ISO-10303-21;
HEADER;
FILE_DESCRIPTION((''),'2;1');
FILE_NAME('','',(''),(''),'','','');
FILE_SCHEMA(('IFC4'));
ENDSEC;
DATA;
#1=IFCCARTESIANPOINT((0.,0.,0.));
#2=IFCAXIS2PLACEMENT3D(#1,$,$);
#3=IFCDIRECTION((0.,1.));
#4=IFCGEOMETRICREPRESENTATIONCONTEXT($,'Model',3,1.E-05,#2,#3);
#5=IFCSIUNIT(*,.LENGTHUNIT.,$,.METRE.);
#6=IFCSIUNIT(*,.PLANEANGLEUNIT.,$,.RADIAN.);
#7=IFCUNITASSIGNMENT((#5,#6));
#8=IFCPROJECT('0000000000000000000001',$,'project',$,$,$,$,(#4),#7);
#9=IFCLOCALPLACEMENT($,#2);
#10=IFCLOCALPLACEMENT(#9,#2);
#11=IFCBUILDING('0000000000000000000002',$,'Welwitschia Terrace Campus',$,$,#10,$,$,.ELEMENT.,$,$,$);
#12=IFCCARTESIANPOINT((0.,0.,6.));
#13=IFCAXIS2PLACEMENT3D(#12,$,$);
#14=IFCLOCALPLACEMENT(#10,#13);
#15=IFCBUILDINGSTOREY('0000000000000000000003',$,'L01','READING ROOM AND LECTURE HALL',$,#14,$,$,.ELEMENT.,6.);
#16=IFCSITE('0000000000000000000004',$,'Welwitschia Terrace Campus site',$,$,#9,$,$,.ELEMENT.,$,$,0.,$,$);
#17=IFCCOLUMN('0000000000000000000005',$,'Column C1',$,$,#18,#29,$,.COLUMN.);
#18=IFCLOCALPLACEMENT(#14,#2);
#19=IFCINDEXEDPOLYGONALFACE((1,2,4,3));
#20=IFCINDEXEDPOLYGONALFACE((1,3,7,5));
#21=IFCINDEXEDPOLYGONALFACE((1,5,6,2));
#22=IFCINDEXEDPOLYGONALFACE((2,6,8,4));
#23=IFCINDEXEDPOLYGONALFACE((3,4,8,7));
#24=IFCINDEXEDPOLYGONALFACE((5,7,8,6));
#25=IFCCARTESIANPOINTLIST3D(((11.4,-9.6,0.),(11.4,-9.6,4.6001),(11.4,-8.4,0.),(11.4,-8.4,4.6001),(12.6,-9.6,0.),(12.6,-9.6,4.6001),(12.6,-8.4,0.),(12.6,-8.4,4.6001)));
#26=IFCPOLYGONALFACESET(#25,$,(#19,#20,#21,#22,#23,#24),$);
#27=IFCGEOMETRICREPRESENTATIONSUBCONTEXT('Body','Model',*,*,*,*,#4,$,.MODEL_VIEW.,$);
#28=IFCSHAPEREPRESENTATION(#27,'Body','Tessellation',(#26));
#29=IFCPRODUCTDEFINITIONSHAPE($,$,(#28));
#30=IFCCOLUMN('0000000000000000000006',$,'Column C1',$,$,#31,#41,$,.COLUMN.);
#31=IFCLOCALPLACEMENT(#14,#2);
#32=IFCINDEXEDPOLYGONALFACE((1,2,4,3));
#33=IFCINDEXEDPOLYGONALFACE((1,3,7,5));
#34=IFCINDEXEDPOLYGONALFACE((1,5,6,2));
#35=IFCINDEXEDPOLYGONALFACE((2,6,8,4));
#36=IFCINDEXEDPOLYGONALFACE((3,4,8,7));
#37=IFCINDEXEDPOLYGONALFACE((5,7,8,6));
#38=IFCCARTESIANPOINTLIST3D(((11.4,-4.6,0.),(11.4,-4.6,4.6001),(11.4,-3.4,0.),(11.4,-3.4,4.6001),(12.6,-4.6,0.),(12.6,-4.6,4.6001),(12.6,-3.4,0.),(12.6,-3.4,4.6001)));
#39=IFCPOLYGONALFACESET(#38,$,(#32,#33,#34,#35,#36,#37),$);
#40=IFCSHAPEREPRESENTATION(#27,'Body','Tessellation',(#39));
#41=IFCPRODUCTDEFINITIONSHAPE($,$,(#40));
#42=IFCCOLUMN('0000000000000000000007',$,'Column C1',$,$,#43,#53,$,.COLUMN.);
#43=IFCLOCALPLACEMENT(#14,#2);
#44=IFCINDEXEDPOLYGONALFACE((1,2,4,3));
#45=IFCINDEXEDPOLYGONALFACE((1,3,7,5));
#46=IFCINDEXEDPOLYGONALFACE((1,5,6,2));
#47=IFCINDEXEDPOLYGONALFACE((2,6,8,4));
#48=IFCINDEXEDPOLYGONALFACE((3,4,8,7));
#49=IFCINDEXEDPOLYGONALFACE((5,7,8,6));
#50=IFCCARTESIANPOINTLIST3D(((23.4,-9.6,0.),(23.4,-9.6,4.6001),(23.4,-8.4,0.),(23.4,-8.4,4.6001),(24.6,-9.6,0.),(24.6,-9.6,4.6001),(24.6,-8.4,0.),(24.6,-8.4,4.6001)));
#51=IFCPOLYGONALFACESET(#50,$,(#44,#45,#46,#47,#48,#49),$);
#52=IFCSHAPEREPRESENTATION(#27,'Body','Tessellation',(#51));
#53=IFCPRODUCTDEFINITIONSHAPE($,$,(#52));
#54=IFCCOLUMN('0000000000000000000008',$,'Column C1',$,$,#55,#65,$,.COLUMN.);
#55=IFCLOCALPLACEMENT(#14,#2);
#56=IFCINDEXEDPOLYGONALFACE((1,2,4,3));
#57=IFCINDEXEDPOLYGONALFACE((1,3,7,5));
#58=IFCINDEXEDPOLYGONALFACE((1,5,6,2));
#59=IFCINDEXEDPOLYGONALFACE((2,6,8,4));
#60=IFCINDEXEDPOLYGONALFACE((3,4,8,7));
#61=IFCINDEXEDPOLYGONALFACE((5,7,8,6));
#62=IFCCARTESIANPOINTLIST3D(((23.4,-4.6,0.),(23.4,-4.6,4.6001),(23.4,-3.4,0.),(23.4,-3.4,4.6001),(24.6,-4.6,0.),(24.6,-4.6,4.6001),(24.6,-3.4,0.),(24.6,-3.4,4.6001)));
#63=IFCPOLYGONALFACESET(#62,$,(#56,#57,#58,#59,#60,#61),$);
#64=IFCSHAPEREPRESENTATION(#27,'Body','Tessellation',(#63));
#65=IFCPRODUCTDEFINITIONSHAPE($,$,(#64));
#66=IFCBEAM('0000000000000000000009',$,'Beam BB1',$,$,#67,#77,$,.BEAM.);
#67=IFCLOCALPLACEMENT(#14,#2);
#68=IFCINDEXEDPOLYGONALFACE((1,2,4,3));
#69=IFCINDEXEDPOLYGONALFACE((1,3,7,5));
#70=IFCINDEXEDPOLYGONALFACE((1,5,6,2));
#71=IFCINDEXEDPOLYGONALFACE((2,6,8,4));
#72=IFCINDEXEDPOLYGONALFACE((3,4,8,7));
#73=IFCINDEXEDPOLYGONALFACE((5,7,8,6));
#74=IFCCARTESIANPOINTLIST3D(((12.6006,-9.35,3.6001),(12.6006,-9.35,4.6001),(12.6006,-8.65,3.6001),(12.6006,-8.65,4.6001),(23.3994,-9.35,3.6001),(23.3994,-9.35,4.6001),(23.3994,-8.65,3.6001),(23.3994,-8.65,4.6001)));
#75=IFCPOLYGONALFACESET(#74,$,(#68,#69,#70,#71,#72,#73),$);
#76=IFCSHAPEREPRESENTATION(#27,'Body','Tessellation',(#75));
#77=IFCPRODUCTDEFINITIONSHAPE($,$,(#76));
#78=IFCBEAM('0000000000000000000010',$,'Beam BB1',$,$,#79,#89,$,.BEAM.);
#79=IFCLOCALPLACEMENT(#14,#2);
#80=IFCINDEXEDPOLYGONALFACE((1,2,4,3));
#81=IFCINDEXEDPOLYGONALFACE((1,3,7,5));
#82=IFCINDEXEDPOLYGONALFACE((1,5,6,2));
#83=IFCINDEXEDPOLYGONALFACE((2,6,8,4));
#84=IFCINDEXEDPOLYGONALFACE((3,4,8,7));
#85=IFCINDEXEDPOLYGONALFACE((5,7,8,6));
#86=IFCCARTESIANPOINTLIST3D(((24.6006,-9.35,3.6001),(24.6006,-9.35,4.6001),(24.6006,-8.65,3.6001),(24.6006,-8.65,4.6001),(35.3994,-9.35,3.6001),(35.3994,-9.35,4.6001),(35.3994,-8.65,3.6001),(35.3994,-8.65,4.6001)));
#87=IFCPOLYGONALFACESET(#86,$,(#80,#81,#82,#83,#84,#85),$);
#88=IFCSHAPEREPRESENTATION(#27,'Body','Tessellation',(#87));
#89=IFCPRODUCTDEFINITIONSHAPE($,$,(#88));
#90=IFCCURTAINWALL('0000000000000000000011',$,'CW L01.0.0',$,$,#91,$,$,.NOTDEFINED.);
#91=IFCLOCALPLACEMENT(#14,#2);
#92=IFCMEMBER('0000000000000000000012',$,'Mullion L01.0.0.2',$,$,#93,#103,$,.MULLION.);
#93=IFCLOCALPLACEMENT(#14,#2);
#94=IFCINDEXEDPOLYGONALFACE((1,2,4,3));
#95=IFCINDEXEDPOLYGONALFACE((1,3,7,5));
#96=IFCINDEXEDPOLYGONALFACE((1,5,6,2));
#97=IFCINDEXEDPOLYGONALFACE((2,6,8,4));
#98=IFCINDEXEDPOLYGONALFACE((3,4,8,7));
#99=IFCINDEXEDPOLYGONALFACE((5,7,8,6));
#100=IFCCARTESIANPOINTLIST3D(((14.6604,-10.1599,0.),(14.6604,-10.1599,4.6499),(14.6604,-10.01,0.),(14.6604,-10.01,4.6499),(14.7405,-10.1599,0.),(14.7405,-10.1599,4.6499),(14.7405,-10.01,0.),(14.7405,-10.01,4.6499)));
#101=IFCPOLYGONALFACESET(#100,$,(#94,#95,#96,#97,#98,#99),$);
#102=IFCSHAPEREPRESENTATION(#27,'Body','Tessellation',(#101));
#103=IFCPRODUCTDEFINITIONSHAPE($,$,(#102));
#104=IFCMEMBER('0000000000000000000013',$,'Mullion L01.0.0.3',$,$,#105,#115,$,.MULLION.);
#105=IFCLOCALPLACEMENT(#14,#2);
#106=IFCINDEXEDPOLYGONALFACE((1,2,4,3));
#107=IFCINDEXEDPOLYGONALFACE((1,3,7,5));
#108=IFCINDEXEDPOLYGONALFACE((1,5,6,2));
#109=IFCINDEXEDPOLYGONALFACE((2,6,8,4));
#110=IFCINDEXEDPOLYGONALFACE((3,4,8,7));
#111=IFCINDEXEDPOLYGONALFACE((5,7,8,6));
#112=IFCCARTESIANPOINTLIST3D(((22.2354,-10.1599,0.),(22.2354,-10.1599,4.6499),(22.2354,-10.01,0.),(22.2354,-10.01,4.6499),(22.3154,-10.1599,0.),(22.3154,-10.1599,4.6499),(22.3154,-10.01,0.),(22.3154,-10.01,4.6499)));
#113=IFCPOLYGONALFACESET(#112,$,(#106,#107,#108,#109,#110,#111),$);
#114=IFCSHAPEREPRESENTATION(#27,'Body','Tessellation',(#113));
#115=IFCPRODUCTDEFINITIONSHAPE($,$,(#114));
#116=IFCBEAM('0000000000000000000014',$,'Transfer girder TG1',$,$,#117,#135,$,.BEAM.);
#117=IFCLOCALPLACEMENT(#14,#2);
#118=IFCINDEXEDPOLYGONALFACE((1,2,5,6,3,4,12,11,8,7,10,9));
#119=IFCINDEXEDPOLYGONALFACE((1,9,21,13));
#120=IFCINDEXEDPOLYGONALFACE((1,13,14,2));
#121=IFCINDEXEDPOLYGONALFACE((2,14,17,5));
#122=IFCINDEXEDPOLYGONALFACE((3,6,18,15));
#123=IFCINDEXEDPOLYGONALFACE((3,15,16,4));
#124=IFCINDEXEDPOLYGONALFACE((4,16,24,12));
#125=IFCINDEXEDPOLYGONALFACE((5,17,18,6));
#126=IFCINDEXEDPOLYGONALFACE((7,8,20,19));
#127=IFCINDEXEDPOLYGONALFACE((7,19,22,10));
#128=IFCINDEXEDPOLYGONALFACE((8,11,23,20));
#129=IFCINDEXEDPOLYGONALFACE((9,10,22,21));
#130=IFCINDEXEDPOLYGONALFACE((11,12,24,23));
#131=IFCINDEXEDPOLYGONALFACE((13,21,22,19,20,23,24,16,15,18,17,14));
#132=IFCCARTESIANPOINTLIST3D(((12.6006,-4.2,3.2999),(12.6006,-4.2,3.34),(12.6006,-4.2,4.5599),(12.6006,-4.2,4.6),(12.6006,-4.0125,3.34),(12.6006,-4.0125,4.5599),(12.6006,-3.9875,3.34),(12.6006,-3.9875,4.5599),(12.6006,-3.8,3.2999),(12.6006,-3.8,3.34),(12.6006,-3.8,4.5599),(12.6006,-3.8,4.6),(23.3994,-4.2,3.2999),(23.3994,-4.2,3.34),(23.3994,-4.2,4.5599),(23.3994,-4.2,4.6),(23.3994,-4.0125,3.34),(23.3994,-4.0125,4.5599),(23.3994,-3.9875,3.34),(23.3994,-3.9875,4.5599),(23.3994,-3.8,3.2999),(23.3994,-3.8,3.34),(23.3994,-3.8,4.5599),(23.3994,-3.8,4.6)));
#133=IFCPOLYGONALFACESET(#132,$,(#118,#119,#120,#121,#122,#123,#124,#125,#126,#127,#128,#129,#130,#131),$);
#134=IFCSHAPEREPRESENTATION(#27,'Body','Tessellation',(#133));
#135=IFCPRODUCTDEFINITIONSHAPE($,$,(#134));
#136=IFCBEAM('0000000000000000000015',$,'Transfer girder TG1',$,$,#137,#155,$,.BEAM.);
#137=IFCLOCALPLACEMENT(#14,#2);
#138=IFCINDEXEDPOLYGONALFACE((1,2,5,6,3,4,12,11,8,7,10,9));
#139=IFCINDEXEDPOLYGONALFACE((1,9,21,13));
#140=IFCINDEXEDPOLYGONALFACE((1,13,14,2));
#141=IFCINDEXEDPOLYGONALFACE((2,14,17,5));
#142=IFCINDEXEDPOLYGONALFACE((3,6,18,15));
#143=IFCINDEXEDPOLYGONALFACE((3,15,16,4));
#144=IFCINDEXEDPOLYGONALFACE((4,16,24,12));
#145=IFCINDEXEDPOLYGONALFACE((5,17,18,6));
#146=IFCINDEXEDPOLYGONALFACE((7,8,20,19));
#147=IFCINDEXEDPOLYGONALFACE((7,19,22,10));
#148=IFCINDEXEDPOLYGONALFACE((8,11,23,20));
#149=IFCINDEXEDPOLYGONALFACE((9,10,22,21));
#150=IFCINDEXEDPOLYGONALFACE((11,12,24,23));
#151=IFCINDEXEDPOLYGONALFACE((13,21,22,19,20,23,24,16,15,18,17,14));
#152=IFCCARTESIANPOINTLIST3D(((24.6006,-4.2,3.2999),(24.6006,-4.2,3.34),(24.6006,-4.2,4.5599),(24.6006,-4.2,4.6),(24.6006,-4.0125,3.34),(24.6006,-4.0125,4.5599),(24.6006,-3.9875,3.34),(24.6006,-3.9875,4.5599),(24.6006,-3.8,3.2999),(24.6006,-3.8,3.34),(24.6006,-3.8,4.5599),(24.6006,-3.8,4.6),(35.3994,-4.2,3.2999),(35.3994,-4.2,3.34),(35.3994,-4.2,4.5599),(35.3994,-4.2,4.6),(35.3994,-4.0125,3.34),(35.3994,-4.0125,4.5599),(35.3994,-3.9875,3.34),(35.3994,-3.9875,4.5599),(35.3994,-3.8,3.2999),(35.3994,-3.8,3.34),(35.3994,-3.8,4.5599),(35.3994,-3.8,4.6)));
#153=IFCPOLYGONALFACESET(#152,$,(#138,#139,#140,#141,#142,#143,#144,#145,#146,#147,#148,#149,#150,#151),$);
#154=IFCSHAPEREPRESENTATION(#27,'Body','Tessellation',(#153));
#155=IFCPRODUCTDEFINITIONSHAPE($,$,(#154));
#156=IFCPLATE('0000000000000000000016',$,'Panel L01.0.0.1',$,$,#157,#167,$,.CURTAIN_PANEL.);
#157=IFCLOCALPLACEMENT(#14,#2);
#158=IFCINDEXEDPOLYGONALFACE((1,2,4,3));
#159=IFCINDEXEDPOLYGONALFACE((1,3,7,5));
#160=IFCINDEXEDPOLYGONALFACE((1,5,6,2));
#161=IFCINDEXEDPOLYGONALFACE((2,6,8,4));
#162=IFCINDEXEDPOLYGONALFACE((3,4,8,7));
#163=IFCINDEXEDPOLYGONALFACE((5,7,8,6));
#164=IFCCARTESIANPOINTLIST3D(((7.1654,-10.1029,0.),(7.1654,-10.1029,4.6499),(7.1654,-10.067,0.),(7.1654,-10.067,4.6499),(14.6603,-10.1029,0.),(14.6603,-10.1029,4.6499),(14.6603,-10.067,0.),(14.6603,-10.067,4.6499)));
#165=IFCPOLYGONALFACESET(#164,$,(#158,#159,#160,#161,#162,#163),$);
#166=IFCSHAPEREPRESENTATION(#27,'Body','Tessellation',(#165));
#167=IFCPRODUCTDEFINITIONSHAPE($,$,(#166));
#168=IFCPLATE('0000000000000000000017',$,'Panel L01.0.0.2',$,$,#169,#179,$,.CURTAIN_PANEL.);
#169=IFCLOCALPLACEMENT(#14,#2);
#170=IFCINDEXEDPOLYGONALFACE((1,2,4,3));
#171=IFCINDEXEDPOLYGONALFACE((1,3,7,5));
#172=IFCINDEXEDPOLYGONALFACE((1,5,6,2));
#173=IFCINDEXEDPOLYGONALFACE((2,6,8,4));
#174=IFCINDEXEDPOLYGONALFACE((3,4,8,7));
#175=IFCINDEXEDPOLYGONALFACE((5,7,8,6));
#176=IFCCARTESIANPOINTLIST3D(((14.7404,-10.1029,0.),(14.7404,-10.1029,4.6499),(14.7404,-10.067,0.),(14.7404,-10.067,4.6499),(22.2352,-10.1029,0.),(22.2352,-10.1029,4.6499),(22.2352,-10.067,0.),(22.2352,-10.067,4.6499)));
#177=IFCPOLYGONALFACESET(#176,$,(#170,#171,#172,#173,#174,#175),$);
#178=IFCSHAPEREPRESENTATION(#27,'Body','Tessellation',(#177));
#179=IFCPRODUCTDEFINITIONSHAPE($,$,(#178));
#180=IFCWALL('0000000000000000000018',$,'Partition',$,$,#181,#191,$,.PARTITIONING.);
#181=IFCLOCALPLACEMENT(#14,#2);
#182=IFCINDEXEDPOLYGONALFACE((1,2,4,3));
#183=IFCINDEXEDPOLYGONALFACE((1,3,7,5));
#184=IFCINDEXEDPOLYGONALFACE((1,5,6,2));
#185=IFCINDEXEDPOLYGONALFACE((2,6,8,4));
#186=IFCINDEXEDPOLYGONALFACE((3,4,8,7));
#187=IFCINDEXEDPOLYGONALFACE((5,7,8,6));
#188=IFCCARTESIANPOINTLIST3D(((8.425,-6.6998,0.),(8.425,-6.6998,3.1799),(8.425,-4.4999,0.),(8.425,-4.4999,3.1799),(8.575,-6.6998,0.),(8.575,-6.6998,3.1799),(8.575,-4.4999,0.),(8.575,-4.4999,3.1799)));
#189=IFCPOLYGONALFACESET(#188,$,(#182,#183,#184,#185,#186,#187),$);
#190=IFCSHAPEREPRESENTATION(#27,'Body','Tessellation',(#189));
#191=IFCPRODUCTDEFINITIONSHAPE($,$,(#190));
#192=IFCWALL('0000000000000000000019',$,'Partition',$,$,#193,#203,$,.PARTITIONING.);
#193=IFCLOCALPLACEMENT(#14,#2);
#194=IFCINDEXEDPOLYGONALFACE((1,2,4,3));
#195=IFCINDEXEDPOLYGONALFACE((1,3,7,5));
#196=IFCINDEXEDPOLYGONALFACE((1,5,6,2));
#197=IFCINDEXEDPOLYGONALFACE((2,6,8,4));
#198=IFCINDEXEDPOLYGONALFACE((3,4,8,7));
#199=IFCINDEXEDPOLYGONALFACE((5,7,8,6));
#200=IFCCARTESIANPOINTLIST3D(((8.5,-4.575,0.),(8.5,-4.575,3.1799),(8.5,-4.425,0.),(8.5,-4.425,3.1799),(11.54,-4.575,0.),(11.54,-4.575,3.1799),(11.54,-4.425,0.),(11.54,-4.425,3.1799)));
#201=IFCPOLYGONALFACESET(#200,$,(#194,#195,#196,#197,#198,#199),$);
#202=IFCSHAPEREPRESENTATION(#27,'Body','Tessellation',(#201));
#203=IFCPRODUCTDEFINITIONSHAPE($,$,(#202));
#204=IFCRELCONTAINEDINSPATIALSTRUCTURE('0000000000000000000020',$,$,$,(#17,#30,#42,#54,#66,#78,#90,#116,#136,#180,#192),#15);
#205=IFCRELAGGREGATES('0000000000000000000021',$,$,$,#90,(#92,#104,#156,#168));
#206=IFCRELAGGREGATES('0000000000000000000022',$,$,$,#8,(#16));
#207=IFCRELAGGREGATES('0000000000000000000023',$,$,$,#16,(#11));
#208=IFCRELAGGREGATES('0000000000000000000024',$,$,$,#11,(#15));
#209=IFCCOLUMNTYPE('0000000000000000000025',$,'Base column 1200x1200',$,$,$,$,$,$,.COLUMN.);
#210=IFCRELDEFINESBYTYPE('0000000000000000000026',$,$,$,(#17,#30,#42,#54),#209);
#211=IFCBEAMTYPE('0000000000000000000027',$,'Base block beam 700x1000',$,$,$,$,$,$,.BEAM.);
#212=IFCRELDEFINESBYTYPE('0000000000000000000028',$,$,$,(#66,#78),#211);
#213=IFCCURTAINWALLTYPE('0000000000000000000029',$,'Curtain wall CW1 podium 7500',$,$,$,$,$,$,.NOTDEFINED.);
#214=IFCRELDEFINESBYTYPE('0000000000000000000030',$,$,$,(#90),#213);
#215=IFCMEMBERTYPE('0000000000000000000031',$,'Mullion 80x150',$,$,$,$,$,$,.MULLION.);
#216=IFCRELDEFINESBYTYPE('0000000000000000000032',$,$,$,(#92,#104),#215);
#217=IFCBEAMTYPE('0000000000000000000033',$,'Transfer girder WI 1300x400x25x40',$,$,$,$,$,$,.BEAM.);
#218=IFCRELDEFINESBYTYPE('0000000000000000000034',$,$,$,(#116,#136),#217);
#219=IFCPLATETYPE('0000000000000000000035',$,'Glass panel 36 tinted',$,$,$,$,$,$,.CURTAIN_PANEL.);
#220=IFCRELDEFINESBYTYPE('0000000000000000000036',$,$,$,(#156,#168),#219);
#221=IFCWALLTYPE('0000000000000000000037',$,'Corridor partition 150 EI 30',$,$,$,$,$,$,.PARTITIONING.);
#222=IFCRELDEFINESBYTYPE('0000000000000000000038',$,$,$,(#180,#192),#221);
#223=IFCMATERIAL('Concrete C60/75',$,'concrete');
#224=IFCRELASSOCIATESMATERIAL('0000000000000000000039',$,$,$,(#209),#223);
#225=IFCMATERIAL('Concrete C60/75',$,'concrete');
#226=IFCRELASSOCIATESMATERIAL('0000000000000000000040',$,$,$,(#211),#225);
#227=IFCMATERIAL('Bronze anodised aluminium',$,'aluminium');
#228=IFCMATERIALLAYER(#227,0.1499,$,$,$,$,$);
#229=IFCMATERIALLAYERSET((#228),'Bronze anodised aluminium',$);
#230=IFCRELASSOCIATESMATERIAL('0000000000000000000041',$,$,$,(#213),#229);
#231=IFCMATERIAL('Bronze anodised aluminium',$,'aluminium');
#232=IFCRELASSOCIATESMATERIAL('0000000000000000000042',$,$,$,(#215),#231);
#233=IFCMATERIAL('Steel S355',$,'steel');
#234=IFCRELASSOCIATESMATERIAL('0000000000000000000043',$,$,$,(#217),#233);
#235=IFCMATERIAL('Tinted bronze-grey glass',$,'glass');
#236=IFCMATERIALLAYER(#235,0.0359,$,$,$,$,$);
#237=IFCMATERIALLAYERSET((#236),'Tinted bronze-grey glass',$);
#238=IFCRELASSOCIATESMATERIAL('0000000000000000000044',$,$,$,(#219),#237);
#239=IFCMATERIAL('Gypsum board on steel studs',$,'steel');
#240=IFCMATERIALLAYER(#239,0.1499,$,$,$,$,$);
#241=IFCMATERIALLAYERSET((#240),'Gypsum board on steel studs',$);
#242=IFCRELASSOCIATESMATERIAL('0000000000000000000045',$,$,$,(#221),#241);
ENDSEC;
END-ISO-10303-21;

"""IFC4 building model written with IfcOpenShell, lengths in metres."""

from ifc_helpers import new_model, si_unit, direction, frame, frame_2d, origin, origin_2d, place, context, subcontext, project, spatial, rectangle, i_section, extrude, material, layer, layer_set, material_profile, profile_set, type_object, element, aggregate, save


model = new_model("IFC4")

# Units and contexts
model_context = context("Model", 3, precision=1e-05, world=origin(), true_north=direction((0.0, 1.0)))
body_context = subcontext(model_context, "Body", "Model", "MODEL_VIEW")
ifc_project = project(units=[si_unit("LENGTHUNIT", "METRE"), si_unit("PLANEANGLEUNIT", "RADIAN")], contexts=[model_context])

# Site, building, storey
site_placement = place(None, origin())
site = spatial("IfcSite", under=ifc_project, at=site_placement, Name="Welwitschia Terrace Campus site", CompositionType="ELEMENT", RefElevation=0.0)
building_placement = place(site_placement, origin())
building = spatial("IfcBuilding", under=site, at=building_placement, Name="Welwitschia Terrace Campus", CompositionType="ELEMENT")
storey_placement = place(building_placement, frame((0.0, 0.0, 6.0)))
storey = spatial("IfcBuildingStorey", under=building, at=storey_placement, Name="L01", Description="READING ROOM AND LECTURE HALL", CompositionType="ELEMENT", Elevation=6.0)

# Columns
ifc_material_1 = material(Name="Concrete C60/75", Category="concrete")
ifc_material_profile_1 = material_profile(ifc_material_1, rectangle(XDim=1.2, YDim=1.2, at=origin_2d()))
ifc_profile_set_1 = profile_set([ifc_material_profile_1], Name="Concrete C60/75")
column_type = type_object("IfcColumnType", Name="Base column 1200x1200", PredefinedType="COLUMN", material=ifc_profile_set_1)
for number, where, z_axis, x_axis, name in (
    (1, (12.0, -9.0, 0.0), (0.0, 0.0, 1.0), (1.0, 0.0, 0.0), "Column C1"),
    (2, (12.0, -4.0, 0.0), (0.0, 0.0, 1.0), (1.0, 0.0, 0.0), "Column C1"),
    (3, (24.0, -9.0, 0.0), (0.0, 0.0, 1.0), (1.0, 0.0, 0.0), "Column C1"),
    (4, (24.0, -4.0, 0.0), (0.0, 0.0, 1.0), (1.0, 0.0, 0.0), "Column C1"),
):
    element("IfcColumn", number, at=place(storey_placement, frame(where, z_axis=z_axis, x_axis=x_axis)), inside=storey, type_object=column_type, Name=name, PredefinedType="COLUMN", context=body_context, shape_type="SweptSolid", body=[
        extrude(rectangle(XDim=1.2, YDim=1.2, at=origin_2d()), origin(), (0.0, 0.0, 1.0), 4.6001),
    ])

# Beams
ifc_material_2 = material(Name="Concrete C60/75", Category="concrete")
ifc_material_profile_2 = material_profile(ifc_material_2, rectangle(XDim=0.7, YDim=1.0, at=origin_2d()))
ifc_profile_set_2 = profile_set([ifc_material_profile_2], Name="Concrete C60/75")
beam_type_1 = type_object("IfcBeamType", Name="Base block beam 700x1000", PredefinedType="BEAM", material=ifc_profile_set_2)
for number, where, z_axis, x_axis, name in (
    (5, (12.6006, -9.0, 4.1001), (1.0, 0.0, 0.0), (0.0, 1.0, 0.0), "Beam BB1"),
    (6, (24.6006, -9.0, 4.1001), (1.0, 0.0, 0.0), (0.0, 1.0, 0.0), "Beam BB1"),
):
    element("IfcBeam", number, at=place(storey_placement, frame(where, z_axis=z_axis, x_axis=x_axis)), inside=storey, type_object=beam_type_1, Name=name, PredefinedType="BEAM", context=body_context, shape_type="SweptSolid", body=[
        extrude(rectangle(XDim=0.7, YDim=1.0, at=origin_2d()), origin(), (0.0, 0.0, 1.0), 10.7988),
    ])

# Curtain wall, members
ifc_material_3 = material(Name="Bronze anodised aluminium", Category="aluminium")
ifc_layer_1 = layer(ifc_material_3, 0.1499)
ifc_layer_set_1 = layer_set([ifc_layer_1], Name="Bronze anodised aluminium")
curtain_wall_type = type_object("IfcCurtainWallType", Name="Curtain wall CW1 podium 7500", PredefinedType="NOTDEFINED", material=ifc_layer_set_1)
curtain_wall_placement = place(storey_placement, origin())
curtain_wall = element("IfcCurtainWall", 7, at=curtain_wall_placement, inside=storey, type_object=curtain_wall_type, Name="CW L01.0.0", PredefinedType="NOTDEFINED")
ifc_material_4 = material(Name="Bronze anodised aluminium", Category="aluminium")
ifc_material_profile_3 = material_profile(ifc_material_4, rectangle(XDim=0.1499, YDim=0.0801, at=origin_2d()))
ifc_profile_set_3 = profile_set([ifc_material_profile_3], Name="Bronze anodised aluminium")
member_type = type_object("IfcMemberType", Name="Mullion 80x150", PredefinedType="MULLION", material=ifc_profile_set_3)
member_1_placement = place(storey_placement, frame((14.7004, -10.085, 0.0), z_axis=(0.0, 0.0, 1.0), x_axis=(0.0, 1.0, 0.0)))
member_1 = element("IfcMember", 8, at=member_1_placement, type_object=member_type, Name="Mullion L01.0.0.2", PredefinedType="MULLION", context=body_context, shape_type="SweptSolid", body=[
    extrude(rectangle(XDim=0.1499, YDim=0.0801, at=origin_2d()), origin(), (0.0, 0.0, 1.0), 4.6499),
])
member_2_placement = place(storey_placement, frame((22.2754, -10.085, 0.0), z_axis=(0.0, 0.0, 1.0), x_axis=(0.0, 1.0, 0.0)))
member_2 = element("IfcMember", 9, at=member_2_placement, type_object=member_type, Name="Mullion L01.0.0.3", PredefinedType="MULLION", context=body_context, shape_type="SweptSolid", body=[
    extrude(rectangle(XDim=0.1499, YDim=0.0801, at=origin_2d()), origin(), (0.0, 0.0, 1.0), 4.6499),
])

# Beams
ifc_material_5 = material(Name="Steel S355", Category="steel")
ifc_material_profile_4 = material_profile(ifc_material_5, i_section(OverallWidth=0.3999, OverallDepth=1.3, WebThickness=0.0249, FlangeThickness=0.04, at=origin_2d()))
ifc_profile_set_4 = profile_set([ifc_material_profile_4], Name="Steel S355")
beam_type_2 = type_object("IfcBeamType", Name="Transfer girder WI 1300x400x25x40", PredefinedType="BEAM", material=ifc_profile_set_4)
for number, where, z_axis, x_axis, name in (
    (10, (12.6006, -4.0, 3.95), (1.0, 0.0, 0.0), (0.0, 1.0, 0.0), "Transfer girder TG1"),
    (11, (24.6006, -4.0, 3.95), (1.0, 0.0, 0.0), (0.0, 1.0, 0.0), "Transfer girder TG1"),
):
    element("IfcBeam", number, at=place(storey_placement, frame(where, z_axis=z_axis, x_axis=x_axis)), inside=storey, type_object=beam_type_2, Name=name, PredefinedType="BEAM", context=body_context, shape_type="SweptSolid", body=[
        extrude(i_section(OverallWidth=0.3999, OverallDepth=1.3, WebThickness=0.0249, FlangeThickness=0.04, at=origin_2d()), origin(), (0.0, 0.0, 1.0), 10.7988),
    ])

# Plates
ifc_material_6 = material(Name="Tinted bronze-grey glass", Category="glass")
ifc_layer_2 = layer(ifc_material_6, 0.0359)
ifc_layer_set_2 = layer_set([ifc_layer_2], Name="Tinted bronze-grey glass")
plate_type = type_object("IfcPlateType", Name="Glass panel 36 tinted", PredefinedType="CURTAIN_PANEL", material=ifc_layer_set_2)
plate_1_placement = place(storey_placement, frame((10.9128, -10.085, 0.0), z_axis=(0.0, 0.0, 1.0), x_axis=(1.0, 0.0, 0.0)))
plate_1 = element("IfcPlate", 12, at=plate_1_placement, type_object=plate_type, Name="Panel L01.0.0.1", PredefinedType="CURTAIN_PANEL", context=body_context, shape_type="SweptSolid", body=[
    extrude(rectangle(XDim=7.4949, YDim=0.0359, at=origin_2d()), origin(), (0.0, 0.0, 1.0), 4.6499),
])
plate_2_placement = place(storey_placement, frame((18.4878, -10.085, 0.0), z_axis=(0.0, 0.0, 1.0), x_axis=(1.0, 0.0, 0.0)))
plate_2 = element("IfcPlate", 13, at=plate_2_placement, type_object=plate_type, Name="Panel L01.0.0.2", PredefinedType="CURTAIN_PANEL", context=body_context, shape_type="SweptSolid", body=[
    extrude(rectangle(XDim=7.4949, YDim=0.0359, at=origin_2d()), origin(), (0.0, 0.0, 1.0), 4.6499),
])
aggregate(curtain_wall, [member_1, member_2, plate_1, plate_2])

# Walls
ifc_material_7 = material(Name="Gypsum board on steel studs", Category="steel")
ifc_layer_3 = layer(ifc_material_7, 0.1499)
ifc_layer_set_3 = layer_set([ifc_layer_3], Name="Gypsum board on steel studs")
wall_type = type_object("IfcWallType", Name="Corridor partition 150 EI 30", PredefinedType="PARTITIONING", material=ifc_layer_set_3)
wall_1_placement = place(storey_placement, frame((8.5, -6.7, 0.0), z_axis=(0.0, 0.0, 1.0), x_axis=(0.0, 1.0, 0.0)))
element("IfcWall", 14, at=wall_1_placement, inside=storey, type_object=wall_type, Name="Partition", PredefinedType="PARTITIONING", context=body_context, shape_type="SweptSolid", body=[
    extrude(rectangle(XDim=2.2, YDim=0.1499, at=frame_2d((1.1001, 0.0))), origin(), (0.0, 0.0, 1.0), 3.1799),
])
wall_2_placement = place(storey_placement, frame((8.5, -4.5, 0.0), z_axis=(0.0, 0.0, 1.0), x_axis=(1.0, 0.0, 0.0)))
element("IfcWall", 15, at=wall_2_placement, inside=storey, type_object=wall_type, Name="Partition", PredefinedType="PARTITIONING", context=body_context, shape_type="SweptSolid", body=[
    extrude(rectangle(XDim=3.04, YDim=0.1499, at=frame_2d((1.52, 0.0))), origin(), (0.0, 0.0, 1.0), 3.1799),
])

save(model, "model.ifc")
